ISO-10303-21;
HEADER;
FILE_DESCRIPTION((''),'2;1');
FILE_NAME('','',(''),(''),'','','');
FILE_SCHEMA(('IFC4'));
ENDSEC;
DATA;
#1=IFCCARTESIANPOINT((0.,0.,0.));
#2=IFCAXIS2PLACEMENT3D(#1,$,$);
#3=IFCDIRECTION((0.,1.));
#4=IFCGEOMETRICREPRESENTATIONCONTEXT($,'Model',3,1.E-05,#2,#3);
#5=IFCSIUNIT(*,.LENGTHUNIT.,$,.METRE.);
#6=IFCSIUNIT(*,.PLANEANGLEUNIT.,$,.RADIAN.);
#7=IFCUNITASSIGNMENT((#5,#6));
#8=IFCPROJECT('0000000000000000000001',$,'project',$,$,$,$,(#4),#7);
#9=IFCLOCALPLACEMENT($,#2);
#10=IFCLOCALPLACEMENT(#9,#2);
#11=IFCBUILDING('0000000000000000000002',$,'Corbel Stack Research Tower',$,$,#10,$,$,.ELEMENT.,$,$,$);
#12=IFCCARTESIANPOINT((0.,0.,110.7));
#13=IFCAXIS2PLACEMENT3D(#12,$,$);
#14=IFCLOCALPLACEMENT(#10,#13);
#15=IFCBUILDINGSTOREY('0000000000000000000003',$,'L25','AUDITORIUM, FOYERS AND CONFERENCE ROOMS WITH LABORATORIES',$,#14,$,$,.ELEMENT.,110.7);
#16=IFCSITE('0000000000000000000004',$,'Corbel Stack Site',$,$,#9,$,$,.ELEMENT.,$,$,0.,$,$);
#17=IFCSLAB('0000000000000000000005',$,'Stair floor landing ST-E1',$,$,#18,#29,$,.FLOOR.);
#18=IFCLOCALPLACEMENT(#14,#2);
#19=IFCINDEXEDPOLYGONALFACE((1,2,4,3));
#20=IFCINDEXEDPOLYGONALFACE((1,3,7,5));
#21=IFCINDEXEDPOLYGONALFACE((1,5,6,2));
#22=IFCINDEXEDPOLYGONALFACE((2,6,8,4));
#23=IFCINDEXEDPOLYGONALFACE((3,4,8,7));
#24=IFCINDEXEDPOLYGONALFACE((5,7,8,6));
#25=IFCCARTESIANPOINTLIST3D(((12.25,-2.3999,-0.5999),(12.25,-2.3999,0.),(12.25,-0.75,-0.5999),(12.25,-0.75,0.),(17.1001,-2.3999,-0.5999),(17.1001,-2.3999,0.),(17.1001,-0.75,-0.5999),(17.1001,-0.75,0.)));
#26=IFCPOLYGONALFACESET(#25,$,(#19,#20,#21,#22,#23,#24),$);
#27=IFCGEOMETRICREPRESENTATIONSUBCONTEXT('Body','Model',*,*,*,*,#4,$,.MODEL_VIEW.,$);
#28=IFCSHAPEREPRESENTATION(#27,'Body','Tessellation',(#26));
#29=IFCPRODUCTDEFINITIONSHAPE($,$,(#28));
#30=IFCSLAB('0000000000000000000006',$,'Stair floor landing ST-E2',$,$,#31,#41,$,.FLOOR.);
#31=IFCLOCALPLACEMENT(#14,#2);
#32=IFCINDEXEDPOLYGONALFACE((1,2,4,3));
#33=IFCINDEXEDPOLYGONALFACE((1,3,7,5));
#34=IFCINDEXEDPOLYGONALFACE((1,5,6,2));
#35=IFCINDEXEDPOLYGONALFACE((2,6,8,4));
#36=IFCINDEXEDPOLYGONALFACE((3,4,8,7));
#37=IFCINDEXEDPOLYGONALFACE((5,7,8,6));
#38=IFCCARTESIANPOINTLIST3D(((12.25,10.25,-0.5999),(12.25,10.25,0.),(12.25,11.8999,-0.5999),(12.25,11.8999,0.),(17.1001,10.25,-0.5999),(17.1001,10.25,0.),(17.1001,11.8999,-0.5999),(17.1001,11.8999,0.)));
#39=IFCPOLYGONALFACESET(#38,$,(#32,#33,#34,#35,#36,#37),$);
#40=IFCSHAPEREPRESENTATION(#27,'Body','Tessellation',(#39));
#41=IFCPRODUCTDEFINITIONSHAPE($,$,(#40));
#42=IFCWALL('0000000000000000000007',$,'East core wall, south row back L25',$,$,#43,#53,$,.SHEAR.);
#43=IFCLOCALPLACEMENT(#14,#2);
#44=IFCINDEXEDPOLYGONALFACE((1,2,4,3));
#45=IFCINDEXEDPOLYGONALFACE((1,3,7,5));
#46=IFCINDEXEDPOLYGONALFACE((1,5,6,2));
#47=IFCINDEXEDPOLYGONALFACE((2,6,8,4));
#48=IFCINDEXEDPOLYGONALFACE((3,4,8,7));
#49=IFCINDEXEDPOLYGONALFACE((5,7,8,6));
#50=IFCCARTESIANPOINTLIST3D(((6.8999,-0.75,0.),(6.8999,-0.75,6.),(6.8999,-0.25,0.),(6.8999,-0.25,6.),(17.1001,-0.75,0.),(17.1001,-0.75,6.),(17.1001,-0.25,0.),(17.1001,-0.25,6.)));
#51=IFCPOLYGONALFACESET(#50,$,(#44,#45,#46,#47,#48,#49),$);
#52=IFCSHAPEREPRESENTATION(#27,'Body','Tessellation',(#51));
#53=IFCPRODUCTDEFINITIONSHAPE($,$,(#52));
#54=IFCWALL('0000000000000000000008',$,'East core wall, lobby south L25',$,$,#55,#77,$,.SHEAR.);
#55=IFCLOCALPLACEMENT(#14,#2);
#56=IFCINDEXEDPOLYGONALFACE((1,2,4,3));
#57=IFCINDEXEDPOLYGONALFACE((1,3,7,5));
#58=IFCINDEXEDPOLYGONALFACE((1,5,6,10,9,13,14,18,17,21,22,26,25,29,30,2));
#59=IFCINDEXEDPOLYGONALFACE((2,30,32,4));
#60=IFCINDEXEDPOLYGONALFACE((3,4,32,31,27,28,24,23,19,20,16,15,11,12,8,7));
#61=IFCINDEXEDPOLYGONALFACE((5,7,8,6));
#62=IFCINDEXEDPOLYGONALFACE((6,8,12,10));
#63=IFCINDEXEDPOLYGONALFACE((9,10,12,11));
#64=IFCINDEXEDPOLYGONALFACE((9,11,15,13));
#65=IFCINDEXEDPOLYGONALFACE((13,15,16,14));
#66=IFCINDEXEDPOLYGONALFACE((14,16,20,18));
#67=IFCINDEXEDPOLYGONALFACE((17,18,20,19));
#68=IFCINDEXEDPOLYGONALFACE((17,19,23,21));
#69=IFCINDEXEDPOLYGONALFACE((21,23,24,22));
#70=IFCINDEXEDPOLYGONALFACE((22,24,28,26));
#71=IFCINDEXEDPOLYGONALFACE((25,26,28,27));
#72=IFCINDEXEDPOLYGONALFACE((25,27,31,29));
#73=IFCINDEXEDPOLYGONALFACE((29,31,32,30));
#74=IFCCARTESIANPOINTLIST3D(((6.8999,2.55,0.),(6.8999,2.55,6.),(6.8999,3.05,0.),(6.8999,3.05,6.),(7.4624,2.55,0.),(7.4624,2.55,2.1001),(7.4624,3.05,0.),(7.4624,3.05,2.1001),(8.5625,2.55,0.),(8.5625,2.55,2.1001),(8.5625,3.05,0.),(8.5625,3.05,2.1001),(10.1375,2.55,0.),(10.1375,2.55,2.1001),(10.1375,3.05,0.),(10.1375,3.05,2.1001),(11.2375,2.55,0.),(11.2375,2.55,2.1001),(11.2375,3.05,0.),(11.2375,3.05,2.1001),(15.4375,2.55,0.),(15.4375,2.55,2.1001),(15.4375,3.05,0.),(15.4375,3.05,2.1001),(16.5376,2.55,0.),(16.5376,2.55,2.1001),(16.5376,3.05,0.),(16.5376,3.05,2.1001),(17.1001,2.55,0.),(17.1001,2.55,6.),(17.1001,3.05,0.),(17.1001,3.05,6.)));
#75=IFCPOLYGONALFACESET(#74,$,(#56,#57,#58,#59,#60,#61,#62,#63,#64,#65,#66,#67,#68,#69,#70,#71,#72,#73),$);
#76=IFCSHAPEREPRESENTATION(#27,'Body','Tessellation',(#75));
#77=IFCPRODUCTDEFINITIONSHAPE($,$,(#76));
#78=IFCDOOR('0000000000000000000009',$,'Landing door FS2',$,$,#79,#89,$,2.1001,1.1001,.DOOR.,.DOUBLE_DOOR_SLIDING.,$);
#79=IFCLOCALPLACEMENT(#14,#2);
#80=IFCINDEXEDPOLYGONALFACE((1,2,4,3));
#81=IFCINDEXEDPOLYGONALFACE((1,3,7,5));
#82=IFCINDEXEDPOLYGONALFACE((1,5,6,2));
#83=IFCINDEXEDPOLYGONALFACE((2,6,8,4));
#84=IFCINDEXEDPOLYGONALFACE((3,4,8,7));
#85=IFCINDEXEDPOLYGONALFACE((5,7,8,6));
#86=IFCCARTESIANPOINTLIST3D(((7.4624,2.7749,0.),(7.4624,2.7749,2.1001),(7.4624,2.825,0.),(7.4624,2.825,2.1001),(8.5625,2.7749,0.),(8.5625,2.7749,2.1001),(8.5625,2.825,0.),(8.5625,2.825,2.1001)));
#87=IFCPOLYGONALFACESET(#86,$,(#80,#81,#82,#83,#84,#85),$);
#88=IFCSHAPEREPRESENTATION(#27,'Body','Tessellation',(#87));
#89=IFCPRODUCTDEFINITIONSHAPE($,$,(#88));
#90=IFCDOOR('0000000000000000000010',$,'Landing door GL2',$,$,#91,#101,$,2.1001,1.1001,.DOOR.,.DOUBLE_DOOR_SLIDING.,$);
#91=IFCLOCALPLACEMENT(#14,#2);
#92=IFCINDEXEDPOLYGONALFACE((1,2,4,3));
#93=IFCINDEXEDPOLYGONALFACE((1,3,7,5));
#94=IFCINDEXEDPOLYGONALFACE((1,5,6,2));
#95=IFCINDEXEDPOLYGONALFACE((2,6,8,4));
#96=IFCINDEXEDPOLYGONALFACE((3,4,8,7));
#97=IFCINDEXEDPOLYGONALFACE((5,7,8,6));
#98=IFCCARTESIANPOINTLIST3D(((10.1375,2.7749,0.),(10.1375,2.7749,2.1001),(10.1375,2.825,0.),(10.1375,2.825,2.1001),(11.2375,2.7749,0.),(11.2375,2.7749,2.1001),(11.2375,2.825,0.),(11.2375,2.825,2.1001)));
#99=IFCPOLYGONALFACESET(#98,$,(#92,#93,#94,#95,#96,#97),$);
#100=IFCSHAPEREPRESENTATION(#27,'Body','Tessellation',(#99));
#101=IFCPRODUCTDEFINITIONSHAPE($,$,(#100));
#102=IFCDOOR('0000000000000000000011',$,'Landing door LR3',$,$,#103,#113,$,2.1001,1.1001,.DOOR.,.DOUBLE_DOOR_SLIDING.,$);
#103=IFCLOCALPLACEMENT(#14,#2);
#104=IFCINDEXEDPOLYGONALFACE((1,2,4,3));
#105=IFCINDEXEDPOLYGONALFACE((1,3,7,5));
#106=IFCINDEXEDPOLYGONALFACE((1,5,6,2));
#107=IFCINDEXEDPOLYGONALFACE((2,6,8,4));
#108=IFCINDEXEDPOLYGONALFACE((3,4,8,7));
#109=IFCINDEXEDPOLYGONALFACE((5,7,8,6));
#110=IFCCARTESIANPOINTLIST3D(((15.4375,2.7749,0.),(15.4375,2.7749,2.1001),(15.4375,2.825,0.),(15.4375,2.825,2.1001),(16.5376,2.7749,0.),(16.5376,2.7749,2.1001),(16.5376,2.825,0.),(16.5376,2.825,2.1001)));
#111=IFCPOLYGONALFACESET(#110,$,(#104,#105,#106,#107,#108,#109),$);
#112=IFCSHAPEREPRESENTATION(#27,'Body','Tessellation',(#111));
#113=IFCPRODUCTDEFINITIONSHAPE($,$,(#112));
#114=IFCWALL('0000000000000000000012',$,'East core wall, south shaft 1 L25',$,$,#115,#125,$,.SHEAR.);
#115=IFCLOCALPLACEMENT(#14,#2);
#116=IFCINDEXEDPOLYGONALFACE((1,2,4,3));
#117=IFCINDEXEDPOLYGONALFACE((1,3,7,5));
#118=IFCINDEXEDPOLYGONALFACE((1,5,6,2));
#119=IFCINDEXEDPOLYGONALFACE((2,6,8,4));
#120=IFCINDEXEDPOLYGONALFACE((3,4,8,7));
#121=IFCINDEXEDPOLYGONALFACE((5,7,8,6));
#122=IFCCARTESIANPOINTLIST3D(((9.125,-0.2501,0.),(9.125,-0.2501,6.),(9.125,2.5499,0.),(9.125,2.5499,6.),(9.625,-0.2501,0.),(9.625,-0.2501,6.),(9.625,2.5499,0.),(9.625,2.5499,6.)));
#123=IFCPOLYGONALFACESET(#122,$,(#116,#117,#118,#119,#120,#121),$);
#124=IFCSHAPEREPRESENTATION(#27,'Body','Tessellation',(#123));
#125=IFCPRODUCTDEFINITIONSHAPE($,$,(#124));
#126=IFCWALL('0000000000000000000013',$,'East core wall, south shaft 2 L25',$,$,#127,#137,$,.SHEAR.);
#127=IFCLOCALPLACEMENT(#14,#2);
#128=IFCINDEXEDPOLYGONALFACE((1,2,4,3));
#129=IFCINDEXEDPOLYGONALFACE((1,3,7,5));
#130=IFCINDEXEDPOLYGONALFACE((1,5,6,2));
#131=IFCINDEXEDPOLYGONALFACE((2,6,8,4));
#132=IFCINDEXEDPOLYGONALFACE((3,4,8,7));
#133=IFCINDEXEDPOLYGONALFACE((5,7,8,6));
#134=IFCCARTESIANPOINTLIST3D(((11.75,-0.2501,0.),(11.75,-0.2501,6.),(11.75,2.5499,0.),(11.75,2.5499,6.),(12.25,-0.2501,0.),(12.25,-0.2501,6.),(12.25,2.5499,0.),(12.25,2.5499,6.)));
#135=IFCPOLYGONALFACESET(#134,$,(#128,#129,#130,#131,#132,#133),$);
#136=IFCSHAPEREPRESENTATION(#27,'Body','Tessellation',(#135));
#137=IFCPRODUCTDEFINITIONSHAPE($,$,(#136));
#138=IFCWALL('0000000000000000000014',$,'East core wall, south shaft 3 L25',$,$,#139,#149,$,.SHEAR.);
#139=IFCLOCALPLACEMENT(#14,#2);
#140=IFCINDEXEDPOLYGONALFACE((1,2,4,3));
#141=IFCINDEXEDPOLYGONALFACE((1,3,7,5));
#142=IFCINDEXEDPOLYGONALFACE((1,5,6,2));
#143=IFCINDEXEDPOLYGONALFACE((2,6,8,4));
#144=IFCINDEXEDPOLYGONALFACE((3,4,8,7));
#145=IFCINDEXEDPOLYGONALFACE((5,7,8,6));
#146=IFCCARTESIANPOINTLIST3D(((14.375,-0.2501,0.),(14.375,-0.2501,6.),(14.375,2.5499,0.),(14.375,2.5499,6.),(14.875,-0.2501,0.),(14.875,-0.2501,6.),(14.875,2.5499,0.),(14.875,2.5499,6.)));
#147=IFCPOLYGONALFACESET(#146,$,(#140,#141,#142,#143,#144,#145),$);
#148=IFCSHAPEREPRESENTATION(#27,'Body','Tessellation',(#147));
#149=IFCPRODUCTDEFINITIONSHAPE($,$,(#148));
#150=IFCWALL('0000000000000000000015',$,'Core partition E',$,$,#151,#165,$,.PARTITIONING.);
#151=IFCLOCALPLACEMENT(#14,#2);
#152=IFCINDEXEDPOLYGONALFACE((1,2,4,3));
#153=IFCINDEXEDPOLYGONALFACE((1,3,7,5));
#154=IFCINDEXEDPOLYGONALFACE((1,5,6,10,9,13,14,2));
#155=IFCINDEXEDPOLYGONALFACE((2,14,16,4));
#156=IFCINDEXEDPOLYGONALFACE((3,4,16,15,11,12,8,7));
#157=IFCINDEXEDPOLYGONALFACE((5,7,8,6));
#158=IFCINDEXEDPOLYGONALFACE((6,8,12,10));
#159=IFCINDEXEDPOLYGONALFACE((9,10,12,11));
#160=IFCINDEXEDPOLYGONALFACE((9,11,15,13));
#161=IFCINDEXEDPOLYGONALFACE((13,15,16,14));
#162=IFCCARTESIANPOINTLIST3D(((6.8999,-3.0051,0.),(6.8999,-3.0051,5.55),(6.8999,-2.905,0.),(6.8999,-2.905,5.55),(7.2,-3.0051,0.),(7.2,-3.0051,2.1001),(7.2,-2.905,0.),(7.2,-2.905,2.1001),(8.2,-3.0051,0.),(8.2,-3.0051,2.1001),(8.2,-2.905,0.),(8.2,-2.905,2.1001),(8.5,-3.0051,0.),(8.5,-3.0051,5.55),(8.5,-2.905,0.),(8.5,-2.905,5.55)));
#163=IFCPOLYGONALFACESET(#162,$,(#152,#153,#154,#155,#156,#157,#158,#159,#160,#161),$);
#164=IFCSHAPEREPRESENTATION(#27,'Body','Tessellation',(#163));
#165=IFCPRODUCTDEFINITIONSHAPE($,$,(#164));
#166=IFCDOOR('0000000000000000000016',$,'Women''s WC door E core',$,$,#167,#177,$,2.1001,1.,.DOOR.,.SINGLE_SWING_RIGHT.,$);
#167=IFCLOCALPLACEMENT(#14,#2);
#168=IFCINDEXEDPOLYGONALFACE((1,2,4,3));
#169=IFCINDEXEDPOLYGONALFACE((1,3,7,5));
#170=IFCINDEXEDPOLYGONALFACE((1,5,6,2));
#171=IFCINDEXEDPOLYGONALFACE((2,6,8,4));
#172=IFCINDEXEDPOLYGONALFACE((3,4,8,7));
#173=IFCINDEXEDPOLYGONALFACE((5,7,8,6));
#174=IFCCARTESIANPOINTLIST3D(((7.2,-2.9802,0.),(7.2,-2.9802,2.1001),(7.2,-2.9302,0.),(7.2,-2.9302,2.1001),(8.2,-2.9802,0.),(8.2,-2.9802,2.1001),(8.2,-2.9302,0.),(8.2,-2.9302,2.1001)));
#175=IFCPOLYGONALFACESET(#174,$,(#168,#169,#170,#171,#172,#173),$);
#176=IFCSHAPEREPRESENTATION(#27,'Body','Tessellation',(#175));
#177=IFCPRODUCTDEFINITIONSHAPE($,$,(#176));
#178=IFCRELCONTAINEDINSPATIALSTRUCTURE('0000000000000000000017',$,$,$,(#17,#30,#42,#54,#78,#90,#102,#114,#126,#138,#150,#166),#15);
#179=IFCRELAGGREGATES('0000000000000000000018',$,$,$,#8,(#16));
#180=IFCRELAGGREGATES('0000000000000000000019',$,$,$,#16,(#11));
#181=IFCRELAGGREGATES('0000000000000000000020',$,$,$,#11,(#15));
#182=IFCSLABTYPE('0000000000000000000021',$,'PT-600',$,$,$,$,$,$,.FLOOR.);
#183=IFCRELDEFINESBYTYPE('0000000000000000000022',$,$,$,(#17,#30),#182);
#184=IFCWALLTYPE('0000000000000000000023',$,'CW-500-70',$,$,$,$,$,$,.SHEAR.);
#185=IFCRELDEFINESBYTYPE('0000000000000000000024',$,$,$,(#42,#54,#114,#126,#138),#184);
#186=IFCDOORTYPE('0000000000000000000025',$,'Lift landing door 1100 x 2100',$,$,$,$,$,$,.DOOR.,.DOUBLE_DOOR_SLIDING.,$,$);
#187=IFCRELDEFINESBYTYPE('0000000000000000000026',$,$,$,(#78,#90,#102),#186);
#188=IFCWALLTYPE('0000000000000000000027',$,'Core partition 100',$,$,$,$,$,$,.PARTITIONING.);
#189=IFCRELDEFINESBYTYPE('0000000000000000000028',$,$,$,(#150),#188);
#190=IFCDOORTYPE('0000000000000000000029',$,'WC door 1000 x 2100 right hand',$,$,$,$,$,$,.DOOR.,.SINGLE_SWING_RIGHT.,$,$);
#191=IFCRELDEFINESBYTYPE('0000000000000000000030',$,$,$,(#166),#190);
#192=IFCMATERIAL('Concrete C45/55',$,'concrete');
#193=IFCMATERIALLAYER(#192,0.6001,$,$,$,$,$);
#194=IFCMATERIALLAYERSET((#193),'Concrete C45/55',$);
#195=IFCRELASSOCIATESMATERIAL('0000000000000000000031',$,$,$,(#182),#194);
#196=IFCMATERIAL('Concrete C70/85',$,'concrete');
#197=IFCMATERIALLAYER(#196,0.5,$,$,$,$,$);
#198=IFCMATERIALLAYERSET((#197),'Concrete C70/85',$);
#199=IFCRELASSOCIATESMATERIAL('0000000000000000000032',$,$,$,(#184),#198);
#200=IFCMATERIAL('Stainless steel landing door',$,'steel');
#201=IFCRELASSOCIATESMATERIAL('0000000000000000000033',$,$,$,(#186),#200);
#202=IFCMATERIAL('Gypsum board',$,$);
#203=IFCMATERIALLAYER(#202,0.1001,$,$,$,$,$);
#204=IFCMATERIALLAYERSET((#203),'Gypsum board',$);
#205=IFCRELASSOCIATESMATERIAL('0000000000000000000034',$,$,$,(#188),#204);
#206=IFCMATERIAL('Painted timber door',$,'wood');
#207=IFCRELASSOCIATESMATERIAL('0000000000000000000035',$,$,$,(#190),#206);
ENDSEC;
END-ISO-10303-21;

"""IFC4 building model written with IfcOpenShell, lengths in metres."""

from ifc_helpers import new_model, si_unit, direction, frame, frame_2d, origin, place, context, subcontext, project, spatial, polyline, rectangle, outline, extrude, material, layer, layer_set, type_object, element, fill, save


model = new_model("IFC4")

# Units and contexts
model_context = context("Model", 3, precision=1e-05, world=origin(), true_north=direction((0.0, 1.0)))
body_context = subcontext(model_context, "Body", "Model", "MODEL_VIEW")
ifc_project = project(units=[si_unit("LENGTHUNIT", "METRE"), si_unit("PLANEANGLEUNIT", "RADIAN")], contexts=[model_context])

# Site, building, storey
site_placement = place(None, origin())
site = spatial("IfcSite", under=ifc_project, at=site_placement, Name="Corbel Stack Site", CompositionType="ELEMENT", RefElevation=0.0)
building_placement = place(site_placement, origin())
building = spatial("IfcBuilding", under=site, at=building_placement, Name="Corbel Stack Research Tower", CompositionType="ELEMENT")
storey_placement = place(building_placement, frame((0.0, 0.0, 110.7)))
storey = spatial("IfcBuildingStorey", under=building, at=storey_placement, Name="L25", Description="AUDITORIUM, FOYERS AND CONFERENCE ROOMS WITH LABORATORIES", CompositionType="ELEMENT", Elevation=110.7)

# Slabs
ifc_material_1 = material(Name="Concrete C45/55", Category="concrete")
ifc_layer_1 = layer(ifc_material_1, 0.6001)
ifc_layer_set_1 = layer_set([ifc_layer_1], Name="Concrete C45/55")
slab_type = type_object("IfcSlabType", Name="PT-600", PredefinedType="FLOOR", material=ifc_layer_set_1)
slab_1_placement = place(storey_placement, frame((0.0, 0.0, -0.5999)))
element("IfcSlab", 1, at=slab_1_placement, inside=storey, type_object=slab_type, Name="Stair floor landing ST-E1", PredefinedType="FLOOR", context=body_context, shape_type="SweptSolid", body=[
    extrude(outline(polyline([(12.25, -2.3999), (17.1001, -2.3999), (17.1001, -0.75), (12.25, -0.75), (12.25, -2.3999)])), origin(), (0.0, 0.0, 1.0), 0.5999),
])
slab_2_placement = place(storey_placement, frame((0.0, 0.0, -0.5999)))
element("IfcSlab", 2, at=slab_2_placement, inside=storey, type_object=slab_type, Name="Stair floor landing ST-E2", PredefinedType="FLOOR", context=body_context, shape_type="SweptSolid", body=[
    extrude(outline(polyline([(12.25, 10.25), (17.1001, 10.25), (17.1001, 11.8999), (12.25, 11.8999), (12.25, 10.25)])), origin(), (0.0, 0.0, 1.0), 0.5999),
])

# Wall
ifc_material_2 = material(Name="Concrete C70/85", Category="concrete")
ifc_layer_2 = layer(ifc_material_2, 0.5)
ifc_layer_set_2 = layer_set([ifc_layer_2], Name="Concrete C70/85")
wall_type_1 = type_object("IfcWallType", Name="CW-500-70", PredefinedType="SHEAR", material=ifc_layer_set_2)
wall_1_placement = place(storey_placement, frame((6.8999, -0.5, 0.0), z_axis=(0.0, 0.0, 1.0), x_axis=(1.0, 0.0, 0.0)))
element("IfcWall", 3, at=wall_1_placement, inside=storey, type_object=wall_type_1, Name="East core wall, south row back L25", PredefinedType="SHEAR", context=body_context, shape_type="SweptSolid", body=[
    extrude(rectangle(XDim=10.2002, YDim=0.5, at=frame_2d((5.1001, 0.0))), origin(), (0.0, 0.0, 1.0), 6.0),
])

# Wall, openings, doors
wall_2_placement = place(storey_placement, frame((6.8999, 2.8, 0.0), z_axis=(0.0, 0.0, 1.0), x_axis=(1.0, 0.0, 0.0)))
wall_2 = element("IfcWall", 4, at=wall_2_placement, inside=storey, type_object=wall_type_1, Name="East core wall, lobby south L25", PredefinedType="SHEAR", context=body_context, shape_type="SweptSolid", body=[
    extrude(rectangle(XDim=10.2002, YDim=0.5, at=frame_2d((5.1001, 0.0))), origin(), (0.0, 0.0, 1.0), 6.0),
])
opening_1_placement = place(wall_2_placement, frame((0.5625, 0.0, 0.0)))
opening_1 = element("IfcOpeningElement", 5, at=opening_1_placement, cuts=wall_2, PredefinedType="OPENING", context=body_context, shape_type="SweptSolid", body=[
    extrude(rectangle(XDim=1.1001, YDim=2.1001, at=frame_2d((0.55, 1.05))), frame((0.0, 0.26, 0.0), z_axis=(0.0, -1.0, 0.0), x_axis=(1.0, 0.0, 0.0)), (0.0, 0.0, 1.0), 0.52),
])
opening_2_placement = place(wall_2_placement, frame((3.2375, 0.0, 0.0)))
opening_2 = element("IfcOpeningElement", 6, at=opening_2_placement, cuts=wall_2, PredefinedType="OPENING", context=body_context, shape_type="SweptSolid", body=[
    extrude(rectangle(XDim=1.1001, YDim=2.1001, at=frame_2d((0.55, 1.05))), frame((0.0, 0.26, 0.0), z_axis=(0.0, -1.0, 0.0), x_axis=(1.0, 0.0, 0.0)), (0.0, 0.0, 1.0), 0.52),
])
opening_3_placement = place(wall_2_placement, frame((8.5376, 0.0, 0.0)))
opening_3 = element("IfcOpeningElement", 7, at=opening_3_placement, cuts=wall_2, PredefinedType="OPENING", context=body_context, shape_type="SweptSolid", body=[
    extrude(rectangle(XDim=1.1001, YDim=2.1001, at=frame_2d((0.55, 1.05))), frame((0.0, 0.26, 0.0), z_axis=(0.0, -1.0, 0.0), x_axis=(1.0, 0.0, 0.0)), (0.0, 0.0, 1.0), 0.52),
])
ifc_material_3 = material(Name="Stainless steel landing door", Category="steel")
door_type_1 = type_object("IfcDoorType", Name="Lift landing door 1100 x 2100", OperationType="DOUBLE_DOOR_SLIDING", PredefinedType="DOOR", material=ifc_material_3)
door_1_placement = place(opening_1_placement, origin())
door_1 = element("IfcDoor", 8, at=door_1_placement, inside=storey, type_object=door_type_1, Name="Landing door FS2", OperationType="DOUBLE_DOOR_SLIDING", OverallHeight=2.1001, OverallWidth=1.1001, PredefinedType="DOOR", context=body_context, shape_type="SweptSolid", body=[
    extrude(rectangle(XDim=1.1001, YDim=2.1001, at=frame_2d((0.55, 1.05))), frame((0.0, 0.0249, 0.0), z_axis=(0.0, -1.0, 0.0), x_axis=(1.0, 0.0, 0.0)), (0.0, 0.0, 1.0), 0.05),
])
fill(opening_1, door_1)
door_2_placement = place(opening_2_placement, origin())
door_2 = element("IfcDoor", 9, at=door_2_placement, inside=storey, type_object=door_type_1, Name="Landing door GL2", OperationType="DOUBLE_DOOR_SLIDING", OverallHeight=2.1001, OverallWidth=1.1001, PredefinedType="DOOR", context=body_context, shape_type="SweptSolid", body=[
    extrude(rectangle(XDim=1.1001, YDim=2.1001, at=frame_2d((0.55, 1.05))), frame((0.0, 0.0249, 0.0), z_axis=(0.0, -1.0, 0.0), x_axis=(1.0, 0.0, 0.0)), (0.0, 0.0, 1.0), 0.05),
])
fill(opening_2, door_2)
door_3_placement = place(opening_3_placement, origin())
door_3 = element("IfcDoor", 10, at=door_3_placement, inside=storey, type_object=door_type_1, Name="Landing door LR3", OperationType="DOUBLE_DOOR_SLIDING", OverallHeight=2.1001, OverallWidth=1.1001, PredefinedType="DOOR", context=body_context, shape_type="SweptSolid", body=[
    extrude(rectangle(XDim=1.1001, YDim=2.1001, at=frame_2d((0.55, 1.05))), frame((0.0, 0.0249, 0.0), z_axis=(0.0, -1.0, 0.0), x_axis=(1.0, 0.0, 0.0)), (0.0, 0.0, 1.0), 0.05),
])
fill(opening_3, door_3)

# Walls
for number, where, z_axis, x_axis, name in (
    (11, (9.375, -0.25, 0.0), (0.0, 0.0, 1.0), (0.0, 1.0, 0.0), "East core wall, south shaft 1 L25"),
    (12, (12.0, -0.25, 0.0), (0.0, 0.0, 1.0), (0.0, 1.0, 0.0), "East core wall, south shaft 2 L25"),
    (13, (14.625, -0.25, 0.0), (0.0, 0.0, 1.0), (0.0, 1.0, 0.0), "East core wall, south shaft 3 L25"),
):
    element("IfcWall", number, at=place(storey_placement, frame(where, z_axis=z_axis, x_axis=x_axis)), inside=storey, type_object=wall_type_1, Name=name, PredefinedType="SHEAR", context=body_context, shape_type="SweptSolid", body=[
        extrude(rectangle(XDim=2.8, YDim=0.5, at=frame_2d((1.3999, 0.0))), origin(), (0.0, 0.0, 1.0), 6.0),
    ])

# Wall, opening, door
ifc_material_4 = material(Name="Gypsum board")
ifc_layer_3 = layer(ifc_material_4, 0.1001)
ifc_layer_set_3 = layer_set([ifc_layer_3], Name="Gypsum board")
wall_type_2 = type_object("IfcWallType", Name="Core partition 100", PredefinedType="PARTITIONING", material=ifc_layer_set_3)
wall_3_placement = place(storey_placement, frame((6.8999, -2.9551, 0.0), z_axis=(0.0, 0.0, 1.0), x_axis=(1.0, 0.0, 0.0)))
wall_3 = element("IfcWall", 14, at=wall_3_placement, inside=storey, type_object=wall_type_2, Name="Core partition E", PredefinedType="PARTITIONING", context=body_context, shape_type="SweptSolid", body=[
    extrude(rectangle(XDim=1.6001, YDim=0.1001, at=frame_2d((0.8, 0.0))), origin(), (0.0, 0.0, 1.0), 5.55),
])
opening_4_placement = place(wall_3_placement, frame((0.3, 0.0, 0.0)))
opening_4 = element("IfcOpeningElement", 15, at=opening_4_placement, cuts=wall_3, PredefinedType="OPENING", context=body_context, shape_type="SweptSolid", body=[
    extrude(rectangle(XDim=1.0, YDim=2.1001, at=frame_2d((0.5, 1.05))), frame((0.0, 0.0601, 0.0), z_axis=(0.0, -1.0, 0.0), x_axis=(1.0, 0.0, 0.0)), (0.0, 0.0, 1.0), 0.1201),
])
ifc_material_5 = material(Name="Painted timber door", Category="wood")
door_type_2 = type_object("IfcDoorType", Name="WC door 1000 x 2100 right hand", OperationType="SINGLE_SWING_RIGHT", PredefinedType="DOOR", material=ifc_material_5)
door_4_placement = place(opening_4_placement, origin())
door_4 = element("IfcDoor", 16, at=door_4_placement, inside=storey, type_object=door_type_2, Name="Women's WC door E core", OperationType="SINGLE_SWING_RIGHT", OverallHeight=2.1001, OverallWidth=1.0, PredefinedType="DOOR", context=body_context, shape_type="SweptSolid", body=[
    extrude(rectangle(XDim=1.0, YDim=2.1001, at=frame_2d((0.5, 1.05))), frame((0.0, 0.0249, 0.0), z_axis=(0.0, -1.0, 0.0), x_axis=(1.0, 0.0, 0.0)), (0.0, 0.0, 1.0), 0.05),
])
fill(opening_4, door_4)

save(model, "model.ifc")
